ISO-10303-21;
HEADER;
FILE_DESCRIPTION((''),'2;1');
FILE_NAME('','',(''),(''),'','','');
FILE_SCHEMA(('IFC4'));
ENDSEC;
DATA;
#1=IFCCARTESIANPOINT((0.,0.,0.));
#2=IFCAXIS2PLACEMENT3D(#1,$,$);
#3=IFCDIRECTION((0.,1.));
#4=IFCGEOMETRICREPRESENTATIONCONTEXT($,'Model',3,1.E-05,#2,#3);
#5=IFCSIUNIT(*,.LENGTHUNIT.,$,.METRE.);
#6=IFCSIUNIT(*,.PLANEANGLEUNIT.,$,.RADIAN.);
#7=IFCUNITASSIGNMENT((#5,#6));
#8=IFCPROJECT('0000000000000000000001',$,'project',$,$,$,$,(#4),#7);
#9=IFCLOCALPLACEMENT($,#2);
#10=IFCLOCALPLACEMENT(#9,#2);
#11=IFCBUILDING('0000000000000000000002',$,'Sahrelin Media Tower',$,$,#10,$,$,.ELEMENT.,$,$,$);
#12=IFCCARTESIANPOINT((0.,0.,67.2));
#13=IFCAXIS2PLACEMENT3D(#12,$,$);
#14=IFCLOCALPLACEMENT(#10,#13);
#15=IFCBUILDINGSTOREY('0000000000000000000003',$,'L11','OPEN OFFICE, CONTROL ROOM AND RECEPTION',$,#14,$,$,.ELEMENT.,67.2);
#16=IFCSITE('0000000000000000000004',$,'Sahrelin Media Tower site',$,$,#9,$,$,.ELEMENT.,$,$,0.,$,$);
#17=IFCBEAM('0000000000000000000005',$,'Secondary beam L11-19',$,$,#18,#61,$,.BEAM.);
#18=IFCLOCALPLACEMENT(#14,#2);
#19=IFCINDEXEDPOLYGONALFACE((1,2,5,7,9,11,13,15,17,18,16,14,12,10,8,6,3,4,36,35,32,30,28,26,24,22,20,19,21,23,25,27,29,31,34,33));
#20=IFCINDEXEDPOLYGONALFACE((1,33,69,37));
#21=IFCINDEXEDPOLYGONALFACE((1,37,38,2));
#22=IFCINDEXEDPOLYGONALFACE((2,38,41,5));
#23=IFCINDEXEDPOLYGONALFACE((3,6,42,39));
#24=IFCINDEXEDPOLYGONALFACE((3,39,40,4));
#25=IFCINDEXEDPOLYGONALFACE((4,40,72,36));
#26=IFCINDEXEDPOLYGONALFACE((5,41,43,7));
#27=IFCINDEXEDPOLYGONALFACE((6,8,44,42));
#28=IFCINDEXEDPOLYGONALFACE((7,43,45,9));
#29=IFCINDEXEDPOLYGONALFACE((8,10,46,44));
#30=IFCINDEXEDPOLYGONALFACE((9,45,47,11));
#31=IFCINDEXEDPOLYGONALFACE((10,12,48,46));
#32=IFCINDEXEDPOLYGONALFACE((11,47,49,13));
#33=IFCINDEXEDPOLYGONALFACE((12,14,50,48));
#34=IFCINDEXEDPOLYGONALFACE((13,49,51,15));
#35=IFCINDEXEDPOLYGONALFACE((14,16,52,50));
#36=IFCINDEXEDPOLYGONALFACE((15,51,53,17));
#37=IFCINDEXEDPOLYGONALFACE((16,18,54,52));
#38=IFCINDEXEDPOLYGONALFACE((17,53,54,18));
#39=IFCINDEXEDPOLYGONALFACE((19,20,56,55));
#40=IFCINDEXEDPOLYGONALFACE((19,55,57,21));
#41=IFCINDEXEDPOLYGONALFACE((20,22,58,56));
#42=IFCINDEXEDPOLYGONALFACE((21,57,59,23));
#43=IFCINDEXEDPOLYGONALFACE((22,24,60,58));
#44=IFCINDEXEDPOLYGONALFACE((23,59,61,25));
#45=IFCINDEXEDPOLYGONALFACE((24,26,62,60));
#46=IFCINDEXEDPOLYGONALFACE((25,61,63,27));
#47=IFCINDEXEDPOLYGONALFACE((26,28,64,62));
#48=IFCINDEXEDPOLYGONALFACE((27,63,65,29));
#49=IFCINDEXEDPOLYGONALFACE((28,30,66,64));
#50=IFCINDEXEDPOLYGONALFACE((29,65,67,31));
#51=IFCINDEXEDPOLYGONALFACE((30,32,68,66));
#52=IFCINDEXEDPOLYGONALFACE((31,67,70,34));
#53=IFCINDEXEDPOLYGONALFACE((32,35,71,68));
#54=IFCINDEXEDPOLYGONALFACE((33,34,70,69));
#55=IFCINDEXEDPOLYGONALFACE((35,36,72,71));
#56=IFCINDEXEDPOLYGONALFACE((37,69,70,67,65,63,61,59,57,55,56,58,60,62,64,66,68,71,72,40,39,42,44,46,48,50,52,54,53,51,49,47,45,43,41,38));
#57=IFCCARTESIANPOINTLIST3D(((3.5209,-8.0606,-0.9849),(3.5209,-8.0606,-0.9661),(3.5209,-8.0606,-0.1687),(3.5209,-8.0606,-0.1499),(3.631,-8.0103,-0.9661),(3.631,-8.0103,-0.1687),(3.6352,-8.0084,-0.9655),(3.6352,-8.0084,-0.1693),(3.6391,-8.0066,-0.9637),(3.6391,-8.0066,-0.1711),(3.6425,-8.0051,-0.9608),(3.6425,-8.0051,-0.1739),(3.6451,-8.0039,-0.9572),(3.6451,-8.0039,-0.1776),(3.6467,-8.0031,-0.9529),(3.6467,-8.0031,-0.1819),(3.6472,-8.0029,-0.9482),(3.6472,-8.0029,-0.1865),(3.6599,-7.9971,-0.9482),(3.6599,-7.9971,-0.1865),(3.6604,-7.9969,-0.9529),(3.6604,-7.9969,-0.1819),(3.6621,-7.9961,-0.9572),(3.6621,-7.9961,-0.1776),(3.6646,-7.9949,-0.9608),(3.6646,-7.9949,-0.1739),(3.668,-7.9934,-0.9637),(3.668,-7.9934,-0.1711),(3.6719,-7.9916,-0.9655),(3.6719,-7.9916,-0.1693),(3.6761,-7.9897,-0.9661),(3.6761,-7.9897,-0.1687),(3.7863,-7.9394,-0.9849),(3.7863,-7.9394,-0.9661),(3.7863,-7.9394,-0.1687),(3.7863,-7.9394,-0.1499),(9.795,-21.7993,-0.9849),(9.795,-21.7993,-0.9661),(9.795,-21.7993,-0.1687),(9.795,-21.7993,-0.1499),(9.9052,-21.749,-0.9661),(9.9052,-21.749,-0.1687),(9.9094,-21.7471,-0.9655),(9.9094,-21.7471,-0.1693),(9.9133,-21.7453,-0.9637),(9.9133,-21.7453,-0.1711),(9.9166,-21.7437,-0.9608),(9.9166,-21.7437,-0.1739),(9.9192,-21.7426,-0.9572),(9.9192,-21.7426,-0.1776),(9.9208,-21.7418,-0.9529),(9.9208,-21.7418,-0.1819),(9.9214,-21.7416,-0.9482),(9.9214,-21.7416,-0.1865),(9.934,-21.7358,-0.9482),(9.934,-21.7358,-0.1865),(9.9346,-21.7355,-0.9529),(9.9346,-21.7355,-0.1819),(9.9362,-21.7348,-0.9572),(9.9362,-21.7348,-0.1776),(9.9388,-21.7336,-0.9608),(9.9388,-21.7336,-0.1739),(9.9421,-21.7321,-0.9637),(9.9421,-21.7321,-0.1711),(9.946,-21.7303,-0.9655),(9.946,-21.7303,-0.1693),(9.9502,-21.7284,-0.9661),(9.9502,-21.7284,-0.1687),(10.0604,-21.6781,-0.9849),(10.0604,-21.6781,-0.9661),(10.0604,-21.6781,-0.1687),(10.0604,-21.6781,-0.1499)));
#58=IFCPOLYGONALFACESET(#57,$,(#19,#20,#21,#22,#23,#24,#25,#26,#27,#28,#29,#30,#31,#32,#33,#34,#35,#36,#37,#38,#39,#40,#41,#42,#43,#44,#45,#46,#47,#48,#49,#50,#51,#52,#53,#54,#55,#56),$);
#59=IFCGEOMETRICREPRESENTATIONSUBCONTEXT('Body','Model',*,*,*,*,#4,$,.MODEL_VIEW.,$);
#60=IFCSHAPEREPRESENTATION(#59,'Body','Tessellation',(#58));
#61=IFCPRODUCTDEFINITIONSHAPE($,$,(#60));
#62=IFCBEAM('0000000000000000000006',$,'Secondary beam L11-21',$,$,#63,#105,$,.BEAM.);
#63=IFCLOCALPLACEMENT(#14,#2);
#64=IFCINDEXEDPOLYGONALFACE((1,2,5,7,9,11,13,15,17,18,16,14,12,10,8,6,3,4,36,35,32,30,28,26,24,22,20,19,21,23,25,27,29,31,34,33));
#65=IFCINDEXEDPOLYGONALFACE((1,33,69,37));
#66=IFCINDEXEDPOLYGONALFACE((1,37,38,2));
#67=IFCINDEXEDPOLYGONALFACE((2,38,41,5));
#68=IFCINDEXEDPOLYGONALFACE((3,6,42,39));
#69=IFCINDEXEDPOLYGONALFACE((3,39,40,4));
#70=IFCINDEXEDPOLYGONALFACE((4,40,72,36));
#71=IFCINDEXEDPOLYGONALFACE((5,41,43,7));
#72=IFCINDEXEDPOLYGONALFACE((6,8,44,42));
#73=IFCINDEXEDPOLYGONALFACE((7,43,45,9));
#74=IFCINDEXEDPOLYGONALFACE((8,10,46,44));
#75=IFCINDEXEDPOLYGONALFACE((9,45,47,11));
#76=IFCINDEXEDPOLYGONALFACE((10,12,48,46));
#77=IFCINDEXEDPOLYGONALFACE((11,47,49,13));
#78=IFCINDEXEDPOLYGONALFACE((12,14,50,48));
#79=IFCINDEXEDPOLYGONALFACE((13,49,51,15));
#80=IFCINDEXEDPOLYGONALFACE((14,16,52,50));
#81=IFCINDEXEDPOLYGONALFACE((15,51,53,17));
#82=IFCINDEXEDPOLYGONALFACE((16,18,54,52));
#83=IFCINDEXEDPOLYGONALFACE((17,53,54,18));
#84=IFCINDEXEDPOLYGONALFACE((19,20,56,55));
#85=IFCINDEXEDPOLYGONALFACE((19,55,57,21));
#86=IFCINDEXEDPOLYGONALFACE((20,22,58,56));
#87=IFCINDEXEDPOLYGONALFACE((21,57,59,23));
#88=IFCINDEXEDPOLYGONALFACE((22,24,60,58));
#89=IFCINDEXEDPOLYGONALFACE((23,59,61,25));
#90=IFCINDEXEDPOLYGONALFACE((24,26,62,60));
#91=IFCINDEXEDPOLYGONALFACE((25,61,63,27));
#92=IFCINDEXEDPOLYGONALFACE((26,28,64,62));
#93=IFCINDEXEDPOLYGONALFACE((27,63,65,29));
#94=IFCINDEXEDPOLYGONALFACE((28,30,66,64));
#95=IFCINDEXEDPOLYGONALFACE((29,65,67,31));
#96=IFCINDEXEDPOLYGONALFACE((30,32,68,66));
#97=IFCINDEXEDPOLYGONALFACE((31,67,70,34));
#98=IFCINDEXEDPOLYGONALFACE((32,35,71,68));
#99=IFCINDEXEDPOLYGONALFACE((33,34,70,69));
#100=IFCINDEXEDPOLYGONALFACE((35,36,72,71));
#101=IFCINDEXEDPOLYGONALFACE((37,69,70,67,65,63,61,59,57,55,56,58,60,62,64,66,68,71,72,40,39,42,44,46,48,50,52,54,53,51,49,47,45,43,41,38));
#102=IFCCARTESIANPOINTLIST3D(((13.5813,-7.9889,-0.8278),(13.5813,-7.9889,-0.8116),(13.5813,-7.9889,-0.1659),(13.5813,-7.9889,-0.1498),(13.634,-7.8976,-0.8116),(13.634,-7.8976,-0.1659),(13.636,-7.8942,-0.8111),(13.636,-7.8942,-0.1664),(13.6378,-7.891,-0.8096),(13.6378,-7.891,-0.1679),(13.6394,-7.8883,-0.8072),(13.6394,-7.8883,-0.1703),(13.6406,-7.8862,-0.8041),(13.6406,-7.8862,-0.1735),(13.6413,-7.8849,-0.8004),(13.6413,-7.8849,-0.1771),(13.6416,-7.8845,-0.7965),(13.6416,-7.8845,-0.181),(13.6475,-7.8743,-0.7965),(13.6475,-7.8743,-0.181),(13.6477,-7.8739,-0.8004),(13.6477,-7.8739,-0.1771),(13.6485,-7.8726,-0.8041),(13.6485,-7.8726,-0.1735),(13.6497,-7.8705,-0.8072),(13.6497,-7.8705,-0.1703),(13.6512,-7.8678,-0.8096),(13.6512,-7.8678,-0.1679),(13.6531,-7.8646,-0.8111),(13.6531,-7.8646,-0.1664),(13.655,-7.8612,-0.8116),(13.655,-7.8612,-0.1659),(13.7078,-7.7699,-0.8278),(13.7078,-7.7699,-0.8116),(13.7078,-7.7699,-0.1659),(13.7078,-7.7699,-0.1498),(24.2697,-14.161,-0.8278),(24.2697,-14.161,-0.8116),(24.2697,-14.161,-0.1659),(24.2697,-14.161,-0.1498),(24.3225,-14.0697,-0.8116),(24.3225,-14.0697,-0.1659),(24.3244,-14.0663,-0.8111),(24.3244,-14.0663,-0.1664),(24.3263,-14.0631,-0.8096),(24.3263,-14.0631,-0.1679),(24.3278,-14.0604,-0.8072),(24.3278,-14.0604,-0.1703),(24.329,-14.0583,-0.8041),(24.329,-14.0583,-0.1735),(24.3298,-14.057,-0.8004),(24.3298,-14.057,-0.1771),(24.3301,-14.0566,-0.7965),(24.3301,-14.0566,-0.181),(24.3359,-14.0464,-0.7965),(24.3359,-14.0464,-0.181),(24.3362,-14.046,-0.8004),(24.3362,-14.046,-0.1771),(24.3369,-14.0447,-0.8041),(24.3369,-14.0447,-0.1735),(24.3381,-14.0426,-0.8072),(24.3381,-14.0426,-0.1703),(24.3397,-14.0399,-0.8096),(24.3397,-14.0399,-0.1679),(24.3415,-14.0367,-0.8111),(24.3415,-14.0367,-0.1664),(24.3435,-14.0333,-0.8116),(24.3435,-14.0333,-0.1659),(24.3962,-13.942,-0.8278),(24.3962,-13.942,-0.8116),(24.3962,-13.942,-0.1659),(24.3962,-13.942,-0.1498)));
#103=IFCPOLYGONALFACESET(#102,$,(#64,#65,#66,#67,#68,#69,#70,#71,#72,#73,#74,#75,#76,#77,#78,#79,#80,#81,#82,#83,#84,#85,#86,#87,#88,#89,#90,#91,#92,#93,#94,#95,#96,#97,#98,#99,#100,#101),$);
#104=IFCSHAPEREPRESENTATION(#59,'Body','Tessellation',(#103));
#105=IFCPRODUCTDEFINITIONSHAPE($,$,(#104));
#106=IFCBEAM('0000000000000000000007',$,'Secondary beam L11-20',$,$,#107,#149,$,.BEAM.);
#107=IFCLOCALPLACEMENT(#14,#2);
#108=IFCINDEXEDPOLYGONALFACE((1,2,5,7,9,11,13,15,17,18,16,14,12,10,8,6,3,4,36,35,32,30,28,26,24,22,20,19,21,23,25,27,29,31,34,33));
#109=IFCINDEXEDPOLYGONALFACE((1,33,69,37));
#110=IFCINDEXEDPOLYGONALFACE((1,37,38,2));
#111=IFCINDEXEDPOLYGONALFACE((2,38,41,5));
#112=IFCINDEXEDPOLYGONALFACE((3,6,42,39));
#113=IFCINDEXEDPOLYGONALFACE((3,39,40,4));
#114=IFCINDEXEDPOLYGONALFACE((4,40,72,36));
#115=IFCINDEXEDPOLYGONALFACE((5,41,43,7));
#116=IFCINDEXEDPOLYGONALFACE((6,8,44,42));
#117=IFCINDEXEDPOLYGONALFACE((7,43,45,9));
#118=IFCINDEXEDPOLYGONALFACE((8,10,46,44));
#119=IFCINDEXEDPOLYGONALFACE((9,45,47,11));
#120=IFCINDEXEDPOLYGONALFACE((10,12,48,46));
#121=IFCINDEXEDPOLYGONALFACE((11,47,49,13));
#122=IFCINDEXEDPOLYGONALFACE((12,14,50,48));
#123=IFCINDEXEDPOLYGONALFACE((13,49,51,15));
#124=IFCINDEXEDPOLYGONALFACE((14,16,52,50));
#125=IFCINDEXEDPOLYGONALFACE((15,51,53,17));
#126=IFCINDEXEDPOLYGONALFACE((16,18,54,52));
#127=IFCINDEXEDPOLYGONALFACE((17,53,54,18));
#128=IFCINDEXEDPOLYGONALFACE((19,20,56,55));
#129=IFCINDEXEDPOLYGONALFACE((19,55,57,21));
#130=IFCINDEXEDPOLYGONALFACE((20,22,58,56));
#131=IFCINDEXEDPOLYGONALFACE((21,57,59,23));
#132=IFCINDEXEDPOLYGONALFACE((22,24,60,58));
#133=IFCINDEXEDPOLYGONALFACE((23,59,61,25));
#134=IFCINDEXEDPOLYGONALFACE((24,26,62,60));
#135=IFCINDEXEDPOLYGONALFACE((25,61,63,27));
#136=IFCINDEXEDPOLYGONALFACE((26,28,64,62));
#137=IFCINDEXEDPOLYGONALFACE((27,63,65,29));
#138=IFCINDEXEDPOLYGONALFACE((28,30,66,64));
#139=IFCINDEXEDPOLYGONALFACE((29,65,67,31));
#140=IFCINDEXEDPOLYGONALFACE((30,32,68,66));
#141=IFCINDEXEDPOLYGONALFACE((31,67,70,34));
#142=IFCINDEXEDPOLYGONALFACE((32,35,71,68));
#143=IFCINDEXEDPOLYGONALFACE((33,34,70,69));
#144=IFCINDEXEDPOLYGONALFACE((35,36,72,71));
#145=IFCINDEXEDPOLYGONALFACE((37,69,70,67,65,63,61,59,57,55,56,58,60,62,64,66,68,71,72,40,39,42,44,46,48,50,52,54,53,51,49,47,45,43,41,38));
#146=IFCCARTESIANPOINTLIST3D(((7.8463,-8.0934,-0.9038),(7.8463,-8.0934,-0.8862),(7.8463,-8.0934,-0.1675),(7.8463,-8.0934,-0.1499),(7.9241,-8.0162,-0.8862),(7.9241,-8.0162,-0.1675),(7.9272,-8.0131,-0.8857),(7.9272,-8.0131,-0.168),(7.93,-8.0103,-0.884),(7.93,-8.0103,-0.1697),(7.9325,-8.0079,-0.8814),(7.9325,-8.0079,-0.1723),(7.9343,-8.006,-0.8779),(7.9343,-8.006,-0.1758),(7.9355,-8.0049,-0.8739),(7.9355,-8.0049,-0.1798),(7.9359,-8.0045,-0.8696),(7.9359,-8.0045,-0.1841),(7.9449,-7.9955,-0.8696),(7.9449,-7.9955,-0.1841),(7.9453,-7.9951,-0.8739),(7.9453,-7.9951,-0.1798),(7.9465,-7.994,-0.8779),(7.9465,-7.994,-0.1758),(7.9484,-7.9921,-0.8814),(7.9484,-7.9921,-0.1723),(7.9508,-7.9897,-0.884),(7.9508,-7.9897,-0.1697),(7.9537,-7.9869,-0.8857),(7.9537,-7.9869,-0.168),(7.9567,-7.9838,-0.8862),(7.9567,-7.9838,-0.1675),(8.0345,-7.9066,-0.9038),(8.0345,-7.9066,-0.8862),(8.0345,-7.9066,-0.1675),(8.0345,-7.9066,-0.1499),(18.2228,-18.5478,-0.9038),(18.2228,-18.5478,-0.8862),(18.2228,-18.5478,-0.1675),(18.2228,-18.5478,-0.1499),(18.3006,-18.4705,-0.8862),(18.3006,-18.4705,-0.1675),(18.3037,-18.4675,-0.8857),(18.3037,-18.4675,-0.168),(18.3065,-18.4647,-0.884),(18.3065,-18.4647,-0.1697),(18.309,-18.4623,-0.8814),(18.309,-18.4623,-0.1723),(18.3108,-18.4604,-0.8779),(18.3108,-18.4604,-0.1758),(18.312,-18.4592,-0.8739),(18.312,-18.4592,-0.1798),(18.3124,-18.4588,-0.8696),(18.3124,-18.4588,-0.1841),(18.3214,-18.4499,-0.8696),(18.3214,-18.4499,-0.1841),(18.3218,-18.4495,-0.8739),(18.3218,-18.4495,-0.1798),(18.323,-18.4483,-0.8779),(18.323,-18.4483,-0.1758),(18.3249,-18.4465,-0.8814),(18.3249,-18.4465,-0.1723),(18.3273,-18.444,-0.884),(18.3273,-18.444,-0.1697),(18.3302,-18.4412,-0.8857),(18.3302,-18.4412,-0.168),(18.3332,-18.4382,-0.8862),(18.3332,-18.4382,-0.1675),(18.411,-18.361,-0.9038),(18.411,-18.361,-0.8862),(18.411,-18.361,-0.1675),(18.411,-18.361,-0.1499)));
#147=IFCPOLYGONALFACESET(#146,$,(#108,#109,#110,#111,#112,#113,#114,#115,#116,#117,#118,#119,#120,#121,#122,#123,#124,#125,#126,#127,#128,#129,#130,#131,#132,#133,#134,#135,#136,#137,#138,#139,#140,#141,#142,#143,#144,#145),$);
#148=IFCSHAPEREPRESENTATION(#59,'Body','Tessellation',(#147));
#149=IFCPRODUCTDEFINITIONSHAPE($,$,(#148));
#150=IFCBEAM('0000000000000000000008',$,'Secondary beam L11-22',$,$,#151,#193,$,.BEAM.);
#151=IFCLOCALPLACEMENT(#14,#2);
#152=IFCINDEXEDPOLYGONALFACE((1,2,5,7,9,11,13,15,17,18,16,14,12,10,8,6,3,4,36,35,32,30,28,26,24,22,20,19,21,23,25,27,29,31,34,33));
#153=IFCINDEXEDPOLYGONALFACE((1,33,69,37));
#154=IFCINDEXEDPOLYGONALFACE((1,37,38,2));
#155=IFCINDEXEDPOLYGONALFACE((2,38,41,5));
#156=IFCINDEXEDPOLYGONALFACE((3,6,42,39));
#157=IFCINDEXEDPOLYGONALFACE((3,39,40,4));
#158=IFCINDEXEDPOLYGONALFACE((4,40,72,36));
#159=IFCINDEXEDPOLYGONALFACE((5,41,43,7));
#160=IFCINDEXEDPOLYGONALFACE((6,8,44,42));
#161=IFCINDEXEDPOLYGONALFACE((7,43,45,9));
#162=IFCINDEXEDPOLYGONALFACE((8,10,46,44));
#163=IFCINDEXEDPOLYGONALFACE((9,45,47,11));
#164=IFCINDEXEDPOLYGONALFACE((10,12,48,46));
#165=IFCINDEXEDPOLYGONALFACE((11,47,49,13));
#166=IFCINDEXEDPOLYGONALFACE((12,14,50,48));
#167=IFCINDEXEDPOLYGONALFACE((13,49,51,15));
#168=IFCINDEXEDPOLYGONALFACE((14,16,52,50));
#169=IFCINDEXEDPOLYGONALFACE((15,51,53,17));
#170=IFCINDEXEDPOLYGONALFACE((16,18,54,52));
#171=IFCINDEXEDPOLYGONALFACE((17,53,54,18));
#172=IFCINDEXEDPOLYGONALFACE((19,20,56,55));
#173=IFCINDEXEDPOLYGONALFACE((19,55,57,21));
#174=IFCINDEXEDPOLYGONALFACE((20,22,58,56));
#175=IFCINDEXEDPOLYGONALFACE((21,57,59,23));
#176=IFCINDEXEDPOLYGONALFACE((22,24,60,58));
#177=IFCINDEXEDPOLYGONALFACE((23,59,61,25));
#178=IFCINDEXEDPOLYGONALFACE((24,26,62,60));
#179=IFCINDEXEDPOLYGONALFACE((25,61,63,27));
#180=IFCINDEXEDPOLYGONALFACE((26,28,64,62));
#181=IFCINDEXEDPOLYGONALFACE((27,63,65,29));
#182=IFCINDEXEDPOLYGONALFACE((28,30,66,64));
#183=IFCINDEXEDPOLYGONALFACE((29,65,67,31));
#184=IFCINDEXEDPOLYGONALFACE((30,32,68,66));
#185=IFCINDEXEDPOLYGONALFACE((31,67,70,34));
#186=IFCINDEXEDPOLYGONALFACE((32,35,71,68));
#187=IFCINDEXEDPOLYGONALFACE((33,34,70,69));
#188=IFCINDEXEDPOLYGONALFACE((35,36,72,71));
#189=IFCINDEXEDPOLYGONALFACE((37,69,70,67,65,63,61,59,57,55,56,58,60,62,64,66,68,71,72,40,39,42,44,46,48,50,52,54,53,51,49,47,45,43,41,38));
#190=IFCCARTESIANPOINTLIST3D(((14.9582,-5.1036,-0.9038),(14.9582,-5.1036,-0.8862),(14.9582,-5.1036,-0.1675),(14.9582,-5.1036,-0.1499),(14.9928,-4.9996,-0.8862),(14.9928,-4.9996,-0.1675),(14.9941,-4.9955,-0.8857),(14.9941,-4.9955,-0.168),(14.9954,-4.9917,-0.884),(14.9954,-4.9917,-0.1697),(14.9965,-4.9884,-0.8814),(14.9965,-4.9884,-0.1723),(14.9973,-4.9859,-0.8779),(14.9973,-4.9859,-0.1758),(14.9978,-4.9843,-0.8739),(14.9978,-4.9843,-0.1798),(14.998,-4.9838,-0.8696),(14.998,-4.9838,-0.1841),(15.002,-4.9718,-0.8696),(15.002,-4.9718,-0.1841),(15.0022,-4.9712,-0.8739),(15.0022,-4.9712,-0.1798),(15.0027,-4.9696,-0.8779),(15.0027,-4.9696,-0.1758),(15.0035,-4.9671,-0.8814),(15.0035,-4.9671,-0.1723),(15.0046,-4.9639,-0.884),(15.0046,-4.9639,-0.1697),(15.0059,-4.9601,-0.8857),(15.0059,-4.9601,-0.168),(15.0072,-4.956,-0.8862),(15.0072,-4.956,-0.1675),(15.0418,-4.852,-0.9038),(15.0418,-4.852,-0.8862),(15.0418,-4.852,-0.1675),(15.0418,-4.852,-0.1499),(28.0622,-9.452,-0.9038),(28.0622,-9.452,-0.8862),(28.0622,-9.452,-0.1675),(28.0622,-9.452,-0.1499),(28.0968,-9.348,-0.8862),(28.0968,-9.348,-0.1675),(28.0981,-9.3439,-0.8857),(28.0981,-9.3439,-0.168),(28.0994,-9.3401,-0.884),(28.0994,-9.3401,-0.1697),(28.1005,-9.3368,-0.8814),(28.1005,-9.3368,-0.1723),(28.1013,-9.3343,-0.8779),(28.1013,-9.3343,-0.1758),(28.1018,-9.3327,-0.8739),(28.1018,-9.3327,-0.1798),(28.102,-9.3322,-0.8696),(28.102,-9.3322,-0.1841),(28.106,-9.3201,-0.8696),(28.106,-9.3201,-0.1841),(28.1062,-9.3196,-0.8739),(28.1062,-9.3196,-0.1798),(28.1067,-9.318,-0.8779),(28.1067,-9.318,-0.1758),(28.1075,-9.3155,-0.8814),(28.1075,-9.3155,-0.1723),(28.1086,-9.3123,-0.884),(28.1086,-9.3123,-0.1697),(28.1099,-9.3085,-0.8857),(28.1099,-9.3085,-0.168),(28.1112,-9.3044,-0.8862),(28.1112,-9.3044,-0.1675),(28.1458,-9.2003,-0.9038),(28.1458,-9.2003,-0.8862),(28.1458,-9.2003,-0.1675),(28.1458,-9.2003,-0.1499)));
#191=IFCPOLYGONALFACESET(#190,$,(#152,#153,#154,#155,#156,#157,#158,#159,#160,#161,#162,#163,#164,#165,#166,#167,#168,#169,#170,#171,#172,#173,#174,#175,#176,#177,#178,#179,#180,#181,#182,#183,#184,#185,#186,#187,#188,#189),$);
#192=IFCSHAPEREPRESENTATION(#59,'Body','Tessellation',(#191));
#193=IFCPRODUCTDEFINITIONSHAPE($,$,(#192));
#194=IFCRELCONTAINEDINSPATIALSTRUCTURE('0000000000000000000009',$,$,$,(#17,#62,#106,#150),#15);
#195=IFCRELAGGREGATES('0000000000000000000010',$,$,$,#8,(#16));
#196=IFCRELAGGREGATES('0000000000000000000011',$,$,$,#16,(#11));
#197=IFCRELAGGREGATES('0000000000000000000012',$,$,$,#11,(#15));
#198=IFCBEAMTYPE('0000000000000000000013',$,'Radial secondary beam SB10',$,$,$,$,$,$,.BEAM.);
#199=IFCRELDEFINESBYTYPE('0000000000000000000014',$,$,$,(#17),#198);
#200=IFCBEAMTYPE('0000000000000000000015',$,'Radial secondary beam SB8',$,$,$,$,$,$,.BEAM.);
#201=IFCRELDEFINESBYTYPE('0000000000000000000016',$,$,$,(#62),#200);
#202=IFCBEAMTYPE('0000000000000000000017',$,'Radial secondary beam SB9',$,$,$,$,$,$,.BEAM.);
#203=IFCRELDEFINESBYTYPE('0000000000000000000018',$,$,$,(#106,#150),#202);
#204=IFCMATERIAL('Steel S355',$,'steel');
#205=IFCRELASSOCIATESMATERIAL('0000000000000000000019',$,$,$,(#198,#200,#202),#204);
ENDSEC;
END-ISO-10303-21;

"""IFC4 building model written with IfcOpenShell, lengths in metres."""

from ifc_helpers import new_model, si_unit, direction, frame, origin, origin_2d, place, context, subcontext, project, spatial, i_section, extrude, material, material_profile, profile_set, type_object, element, save


model = new_model("IFC4")

# Units and contexts
model_context = context("Model", 3, precision=1e-05, world=origin(), true_north=direction((0.0, 1.0)))
body_context = subcontext(model_context, "Body", "Model", "MODEL_VIEW")
ifc_project = project(units=[si_unit("LENGTHUNIT", "METRE"), si_unit("PLANEANGLEUNIT", "RADIAN")], contexts=[model_context])

# Site, building, storey
site_placement = place(None, origin())
site = spatial("IfcSite", under=ifc_project, at=site_placement, Name="Sahrelin Media Tower site", CompositionType="ELEMENT", RefElevation=0.0)
building_placement = place(site_placement, origin())
building = spatial("IfcBuilding", under=site, at=building_placement, Name="Sahrelin Media Tower", CompositionType="ELEMENT")
storey_placement = place(building_placement, frame((0.0, 0.0, 67.2)))
storey = spatial("IfcBuildingStorey", under=building, at=storey_placement, Name="L11", Description="OPEN OFFICE, CONTROL ROOM AND RECEPTION", CompositionType="ELEMENT", Elevation=67.2)

# Beams
ifc_material_1 = material(Name="Steel S355", Category="steel")
ifc_material_profile_1 = material_profile(ifc_material_1, i_section(OverallWidth=0.2917, OverallDepth=0.835, WebThickness=0.0139, FlangeThickness=0.0188, FilletRadius=0.0178, at=origin_2d()), Name="UB 838x292x176")
ifc_profile_set_1 = profile_set([ifc_material_profile_1], Name="Steel S355")
beam_type_1 = type_object("IfcBeamType", Name="Radial secondary beam SB10", PredefinedType="BEAM", material=ifc_profile_set_1)
beam_1_placement = place(storey_placement, frame((3.6536, -8.0, -0.5674), z_axis=(0.415409, -0.909635, 0.0), x_axis=(0.909635, 0.415409, 0.0)))
element("IfcBeam", 1, at=beam_1_placement, inside=storey, type_object=beam_type_1, Name="Secondary beam L11-19", PredefinedType="BEAM", context=body_context, shape_type="SweptSolid", body=[
    extrude(i_section(OverallWidth=0.2917, OverallDepth=0.835, WebThickness=0.0139, FlangeThickness=0.0188, FilletRadius=0.0178, at=origin_2d()), origin(), (0.0, 0.0, 1.0), 15.1035),
])
ifc_material_profile_2 = material_profile(ifc_material_1, i_section(OverallWidth=0.2529, OverallDepth=0.678, WebThickness=0.0117, FlangeThickness=0.0161, FilletRadius=0.0151, at=origin_2d()), Name="UB 686x254x125")
ifc_profile_set_2 = profile_set([ifc_material_profile_2], Name="Steel S355")
beam_type_2 = type_object("IfcBeamType", Name="Radial secondary beam SB8", PredefinedType="BEAM", material=ifc_profile_set_2)
beam_2_placement = place(storey_placement, frame((13.6445, -7.8794, -0.4888), z_axis=(0.865986, -0.500068, 0.0), x_axis=(0.500068, 0.865986, 0.0)))
element("IfcBeam", 2, at=beam_2_placement, inside=storey, type_object=beam_type_2, Name="Secondary beam L11-21", PredefinedType="BEAM", context=body_context, shape_type="SweptSolid", body=[
    extrude(i_section(OverallWidth=0.2529, OverallDepth=0.678, WebThickness=0.0117, FlangeThickness=0.0161, FilletRadius=0.0151, at=origin_2d()), origin(), (0.0, 0.0, 1.0), 12.3425),
])
ifc_material_profile_3 = material_profile(ifc_material_1, i_section(OverallWidth=0.2651, OverallDepth=0.7539, WebThickness=0.0127, FlangeThickness=0.0176, FilletRadius=0.0166, at=origin_2d()), Name="UB 762x267x147")
ifc_profile_set_3 = profile_set([ifc_material_profile_3], Name="Steel S355")
beam_type_3 = type_object("IfcBeamType", Name="Radial secondary beam SB9", PredefinedType="BEAM", material=ifc_profile_set_3)
beam_3_placement = place(storey_placement, frame((7.9404, -8.0, -0.5269), z_axis=(0.704458, -0.709746, 0.0), x_axis=(0.709746, 0.704458, 0.0)))
element("IfcBeam", 3, at=beam_3_placement, inside=storey, type_object=beam_type_3, Name="Secondary beam L11-20", PredefinedType="BEAM", context=body_context, shape_type="SweptSolid", body=[
    extrude(i_section(OverallWidth=0.2651, OverallDepth=0.7539, WebThickness=0.0127, FlangeThickness=0.0176, FilletRadius=0.0166, at=origin_2d()), origin(), (0.0, 0.0, 1.0), 14.7297),
])
beam_4_placement = place(storey_placement, frame((15.0, -4.9778, -0.5269), z_axis=(0.949109, -0.314949, 0.0), x_axis=(0.314949, 0.949109, 0.0)))
element("IfcBeam", 4, at=beam_4_placement, inside=storey, type_object=beam_type_3, Name="Secondary beam L11-22", PredefinedType="BEAM", context=body_context, shape_type="SweptSolid", body=[
    extrude(i_section(OverallWidth=0.2651, OverallDepth=0.7539, WebThickness=0.0127, FlangeThickness=0.0176, FilletRadius=0.0166, at=origin_2d()), origin(), (0.0, 0.0, 1.0), 13.8066),
])

save(model, "model.ifc")
